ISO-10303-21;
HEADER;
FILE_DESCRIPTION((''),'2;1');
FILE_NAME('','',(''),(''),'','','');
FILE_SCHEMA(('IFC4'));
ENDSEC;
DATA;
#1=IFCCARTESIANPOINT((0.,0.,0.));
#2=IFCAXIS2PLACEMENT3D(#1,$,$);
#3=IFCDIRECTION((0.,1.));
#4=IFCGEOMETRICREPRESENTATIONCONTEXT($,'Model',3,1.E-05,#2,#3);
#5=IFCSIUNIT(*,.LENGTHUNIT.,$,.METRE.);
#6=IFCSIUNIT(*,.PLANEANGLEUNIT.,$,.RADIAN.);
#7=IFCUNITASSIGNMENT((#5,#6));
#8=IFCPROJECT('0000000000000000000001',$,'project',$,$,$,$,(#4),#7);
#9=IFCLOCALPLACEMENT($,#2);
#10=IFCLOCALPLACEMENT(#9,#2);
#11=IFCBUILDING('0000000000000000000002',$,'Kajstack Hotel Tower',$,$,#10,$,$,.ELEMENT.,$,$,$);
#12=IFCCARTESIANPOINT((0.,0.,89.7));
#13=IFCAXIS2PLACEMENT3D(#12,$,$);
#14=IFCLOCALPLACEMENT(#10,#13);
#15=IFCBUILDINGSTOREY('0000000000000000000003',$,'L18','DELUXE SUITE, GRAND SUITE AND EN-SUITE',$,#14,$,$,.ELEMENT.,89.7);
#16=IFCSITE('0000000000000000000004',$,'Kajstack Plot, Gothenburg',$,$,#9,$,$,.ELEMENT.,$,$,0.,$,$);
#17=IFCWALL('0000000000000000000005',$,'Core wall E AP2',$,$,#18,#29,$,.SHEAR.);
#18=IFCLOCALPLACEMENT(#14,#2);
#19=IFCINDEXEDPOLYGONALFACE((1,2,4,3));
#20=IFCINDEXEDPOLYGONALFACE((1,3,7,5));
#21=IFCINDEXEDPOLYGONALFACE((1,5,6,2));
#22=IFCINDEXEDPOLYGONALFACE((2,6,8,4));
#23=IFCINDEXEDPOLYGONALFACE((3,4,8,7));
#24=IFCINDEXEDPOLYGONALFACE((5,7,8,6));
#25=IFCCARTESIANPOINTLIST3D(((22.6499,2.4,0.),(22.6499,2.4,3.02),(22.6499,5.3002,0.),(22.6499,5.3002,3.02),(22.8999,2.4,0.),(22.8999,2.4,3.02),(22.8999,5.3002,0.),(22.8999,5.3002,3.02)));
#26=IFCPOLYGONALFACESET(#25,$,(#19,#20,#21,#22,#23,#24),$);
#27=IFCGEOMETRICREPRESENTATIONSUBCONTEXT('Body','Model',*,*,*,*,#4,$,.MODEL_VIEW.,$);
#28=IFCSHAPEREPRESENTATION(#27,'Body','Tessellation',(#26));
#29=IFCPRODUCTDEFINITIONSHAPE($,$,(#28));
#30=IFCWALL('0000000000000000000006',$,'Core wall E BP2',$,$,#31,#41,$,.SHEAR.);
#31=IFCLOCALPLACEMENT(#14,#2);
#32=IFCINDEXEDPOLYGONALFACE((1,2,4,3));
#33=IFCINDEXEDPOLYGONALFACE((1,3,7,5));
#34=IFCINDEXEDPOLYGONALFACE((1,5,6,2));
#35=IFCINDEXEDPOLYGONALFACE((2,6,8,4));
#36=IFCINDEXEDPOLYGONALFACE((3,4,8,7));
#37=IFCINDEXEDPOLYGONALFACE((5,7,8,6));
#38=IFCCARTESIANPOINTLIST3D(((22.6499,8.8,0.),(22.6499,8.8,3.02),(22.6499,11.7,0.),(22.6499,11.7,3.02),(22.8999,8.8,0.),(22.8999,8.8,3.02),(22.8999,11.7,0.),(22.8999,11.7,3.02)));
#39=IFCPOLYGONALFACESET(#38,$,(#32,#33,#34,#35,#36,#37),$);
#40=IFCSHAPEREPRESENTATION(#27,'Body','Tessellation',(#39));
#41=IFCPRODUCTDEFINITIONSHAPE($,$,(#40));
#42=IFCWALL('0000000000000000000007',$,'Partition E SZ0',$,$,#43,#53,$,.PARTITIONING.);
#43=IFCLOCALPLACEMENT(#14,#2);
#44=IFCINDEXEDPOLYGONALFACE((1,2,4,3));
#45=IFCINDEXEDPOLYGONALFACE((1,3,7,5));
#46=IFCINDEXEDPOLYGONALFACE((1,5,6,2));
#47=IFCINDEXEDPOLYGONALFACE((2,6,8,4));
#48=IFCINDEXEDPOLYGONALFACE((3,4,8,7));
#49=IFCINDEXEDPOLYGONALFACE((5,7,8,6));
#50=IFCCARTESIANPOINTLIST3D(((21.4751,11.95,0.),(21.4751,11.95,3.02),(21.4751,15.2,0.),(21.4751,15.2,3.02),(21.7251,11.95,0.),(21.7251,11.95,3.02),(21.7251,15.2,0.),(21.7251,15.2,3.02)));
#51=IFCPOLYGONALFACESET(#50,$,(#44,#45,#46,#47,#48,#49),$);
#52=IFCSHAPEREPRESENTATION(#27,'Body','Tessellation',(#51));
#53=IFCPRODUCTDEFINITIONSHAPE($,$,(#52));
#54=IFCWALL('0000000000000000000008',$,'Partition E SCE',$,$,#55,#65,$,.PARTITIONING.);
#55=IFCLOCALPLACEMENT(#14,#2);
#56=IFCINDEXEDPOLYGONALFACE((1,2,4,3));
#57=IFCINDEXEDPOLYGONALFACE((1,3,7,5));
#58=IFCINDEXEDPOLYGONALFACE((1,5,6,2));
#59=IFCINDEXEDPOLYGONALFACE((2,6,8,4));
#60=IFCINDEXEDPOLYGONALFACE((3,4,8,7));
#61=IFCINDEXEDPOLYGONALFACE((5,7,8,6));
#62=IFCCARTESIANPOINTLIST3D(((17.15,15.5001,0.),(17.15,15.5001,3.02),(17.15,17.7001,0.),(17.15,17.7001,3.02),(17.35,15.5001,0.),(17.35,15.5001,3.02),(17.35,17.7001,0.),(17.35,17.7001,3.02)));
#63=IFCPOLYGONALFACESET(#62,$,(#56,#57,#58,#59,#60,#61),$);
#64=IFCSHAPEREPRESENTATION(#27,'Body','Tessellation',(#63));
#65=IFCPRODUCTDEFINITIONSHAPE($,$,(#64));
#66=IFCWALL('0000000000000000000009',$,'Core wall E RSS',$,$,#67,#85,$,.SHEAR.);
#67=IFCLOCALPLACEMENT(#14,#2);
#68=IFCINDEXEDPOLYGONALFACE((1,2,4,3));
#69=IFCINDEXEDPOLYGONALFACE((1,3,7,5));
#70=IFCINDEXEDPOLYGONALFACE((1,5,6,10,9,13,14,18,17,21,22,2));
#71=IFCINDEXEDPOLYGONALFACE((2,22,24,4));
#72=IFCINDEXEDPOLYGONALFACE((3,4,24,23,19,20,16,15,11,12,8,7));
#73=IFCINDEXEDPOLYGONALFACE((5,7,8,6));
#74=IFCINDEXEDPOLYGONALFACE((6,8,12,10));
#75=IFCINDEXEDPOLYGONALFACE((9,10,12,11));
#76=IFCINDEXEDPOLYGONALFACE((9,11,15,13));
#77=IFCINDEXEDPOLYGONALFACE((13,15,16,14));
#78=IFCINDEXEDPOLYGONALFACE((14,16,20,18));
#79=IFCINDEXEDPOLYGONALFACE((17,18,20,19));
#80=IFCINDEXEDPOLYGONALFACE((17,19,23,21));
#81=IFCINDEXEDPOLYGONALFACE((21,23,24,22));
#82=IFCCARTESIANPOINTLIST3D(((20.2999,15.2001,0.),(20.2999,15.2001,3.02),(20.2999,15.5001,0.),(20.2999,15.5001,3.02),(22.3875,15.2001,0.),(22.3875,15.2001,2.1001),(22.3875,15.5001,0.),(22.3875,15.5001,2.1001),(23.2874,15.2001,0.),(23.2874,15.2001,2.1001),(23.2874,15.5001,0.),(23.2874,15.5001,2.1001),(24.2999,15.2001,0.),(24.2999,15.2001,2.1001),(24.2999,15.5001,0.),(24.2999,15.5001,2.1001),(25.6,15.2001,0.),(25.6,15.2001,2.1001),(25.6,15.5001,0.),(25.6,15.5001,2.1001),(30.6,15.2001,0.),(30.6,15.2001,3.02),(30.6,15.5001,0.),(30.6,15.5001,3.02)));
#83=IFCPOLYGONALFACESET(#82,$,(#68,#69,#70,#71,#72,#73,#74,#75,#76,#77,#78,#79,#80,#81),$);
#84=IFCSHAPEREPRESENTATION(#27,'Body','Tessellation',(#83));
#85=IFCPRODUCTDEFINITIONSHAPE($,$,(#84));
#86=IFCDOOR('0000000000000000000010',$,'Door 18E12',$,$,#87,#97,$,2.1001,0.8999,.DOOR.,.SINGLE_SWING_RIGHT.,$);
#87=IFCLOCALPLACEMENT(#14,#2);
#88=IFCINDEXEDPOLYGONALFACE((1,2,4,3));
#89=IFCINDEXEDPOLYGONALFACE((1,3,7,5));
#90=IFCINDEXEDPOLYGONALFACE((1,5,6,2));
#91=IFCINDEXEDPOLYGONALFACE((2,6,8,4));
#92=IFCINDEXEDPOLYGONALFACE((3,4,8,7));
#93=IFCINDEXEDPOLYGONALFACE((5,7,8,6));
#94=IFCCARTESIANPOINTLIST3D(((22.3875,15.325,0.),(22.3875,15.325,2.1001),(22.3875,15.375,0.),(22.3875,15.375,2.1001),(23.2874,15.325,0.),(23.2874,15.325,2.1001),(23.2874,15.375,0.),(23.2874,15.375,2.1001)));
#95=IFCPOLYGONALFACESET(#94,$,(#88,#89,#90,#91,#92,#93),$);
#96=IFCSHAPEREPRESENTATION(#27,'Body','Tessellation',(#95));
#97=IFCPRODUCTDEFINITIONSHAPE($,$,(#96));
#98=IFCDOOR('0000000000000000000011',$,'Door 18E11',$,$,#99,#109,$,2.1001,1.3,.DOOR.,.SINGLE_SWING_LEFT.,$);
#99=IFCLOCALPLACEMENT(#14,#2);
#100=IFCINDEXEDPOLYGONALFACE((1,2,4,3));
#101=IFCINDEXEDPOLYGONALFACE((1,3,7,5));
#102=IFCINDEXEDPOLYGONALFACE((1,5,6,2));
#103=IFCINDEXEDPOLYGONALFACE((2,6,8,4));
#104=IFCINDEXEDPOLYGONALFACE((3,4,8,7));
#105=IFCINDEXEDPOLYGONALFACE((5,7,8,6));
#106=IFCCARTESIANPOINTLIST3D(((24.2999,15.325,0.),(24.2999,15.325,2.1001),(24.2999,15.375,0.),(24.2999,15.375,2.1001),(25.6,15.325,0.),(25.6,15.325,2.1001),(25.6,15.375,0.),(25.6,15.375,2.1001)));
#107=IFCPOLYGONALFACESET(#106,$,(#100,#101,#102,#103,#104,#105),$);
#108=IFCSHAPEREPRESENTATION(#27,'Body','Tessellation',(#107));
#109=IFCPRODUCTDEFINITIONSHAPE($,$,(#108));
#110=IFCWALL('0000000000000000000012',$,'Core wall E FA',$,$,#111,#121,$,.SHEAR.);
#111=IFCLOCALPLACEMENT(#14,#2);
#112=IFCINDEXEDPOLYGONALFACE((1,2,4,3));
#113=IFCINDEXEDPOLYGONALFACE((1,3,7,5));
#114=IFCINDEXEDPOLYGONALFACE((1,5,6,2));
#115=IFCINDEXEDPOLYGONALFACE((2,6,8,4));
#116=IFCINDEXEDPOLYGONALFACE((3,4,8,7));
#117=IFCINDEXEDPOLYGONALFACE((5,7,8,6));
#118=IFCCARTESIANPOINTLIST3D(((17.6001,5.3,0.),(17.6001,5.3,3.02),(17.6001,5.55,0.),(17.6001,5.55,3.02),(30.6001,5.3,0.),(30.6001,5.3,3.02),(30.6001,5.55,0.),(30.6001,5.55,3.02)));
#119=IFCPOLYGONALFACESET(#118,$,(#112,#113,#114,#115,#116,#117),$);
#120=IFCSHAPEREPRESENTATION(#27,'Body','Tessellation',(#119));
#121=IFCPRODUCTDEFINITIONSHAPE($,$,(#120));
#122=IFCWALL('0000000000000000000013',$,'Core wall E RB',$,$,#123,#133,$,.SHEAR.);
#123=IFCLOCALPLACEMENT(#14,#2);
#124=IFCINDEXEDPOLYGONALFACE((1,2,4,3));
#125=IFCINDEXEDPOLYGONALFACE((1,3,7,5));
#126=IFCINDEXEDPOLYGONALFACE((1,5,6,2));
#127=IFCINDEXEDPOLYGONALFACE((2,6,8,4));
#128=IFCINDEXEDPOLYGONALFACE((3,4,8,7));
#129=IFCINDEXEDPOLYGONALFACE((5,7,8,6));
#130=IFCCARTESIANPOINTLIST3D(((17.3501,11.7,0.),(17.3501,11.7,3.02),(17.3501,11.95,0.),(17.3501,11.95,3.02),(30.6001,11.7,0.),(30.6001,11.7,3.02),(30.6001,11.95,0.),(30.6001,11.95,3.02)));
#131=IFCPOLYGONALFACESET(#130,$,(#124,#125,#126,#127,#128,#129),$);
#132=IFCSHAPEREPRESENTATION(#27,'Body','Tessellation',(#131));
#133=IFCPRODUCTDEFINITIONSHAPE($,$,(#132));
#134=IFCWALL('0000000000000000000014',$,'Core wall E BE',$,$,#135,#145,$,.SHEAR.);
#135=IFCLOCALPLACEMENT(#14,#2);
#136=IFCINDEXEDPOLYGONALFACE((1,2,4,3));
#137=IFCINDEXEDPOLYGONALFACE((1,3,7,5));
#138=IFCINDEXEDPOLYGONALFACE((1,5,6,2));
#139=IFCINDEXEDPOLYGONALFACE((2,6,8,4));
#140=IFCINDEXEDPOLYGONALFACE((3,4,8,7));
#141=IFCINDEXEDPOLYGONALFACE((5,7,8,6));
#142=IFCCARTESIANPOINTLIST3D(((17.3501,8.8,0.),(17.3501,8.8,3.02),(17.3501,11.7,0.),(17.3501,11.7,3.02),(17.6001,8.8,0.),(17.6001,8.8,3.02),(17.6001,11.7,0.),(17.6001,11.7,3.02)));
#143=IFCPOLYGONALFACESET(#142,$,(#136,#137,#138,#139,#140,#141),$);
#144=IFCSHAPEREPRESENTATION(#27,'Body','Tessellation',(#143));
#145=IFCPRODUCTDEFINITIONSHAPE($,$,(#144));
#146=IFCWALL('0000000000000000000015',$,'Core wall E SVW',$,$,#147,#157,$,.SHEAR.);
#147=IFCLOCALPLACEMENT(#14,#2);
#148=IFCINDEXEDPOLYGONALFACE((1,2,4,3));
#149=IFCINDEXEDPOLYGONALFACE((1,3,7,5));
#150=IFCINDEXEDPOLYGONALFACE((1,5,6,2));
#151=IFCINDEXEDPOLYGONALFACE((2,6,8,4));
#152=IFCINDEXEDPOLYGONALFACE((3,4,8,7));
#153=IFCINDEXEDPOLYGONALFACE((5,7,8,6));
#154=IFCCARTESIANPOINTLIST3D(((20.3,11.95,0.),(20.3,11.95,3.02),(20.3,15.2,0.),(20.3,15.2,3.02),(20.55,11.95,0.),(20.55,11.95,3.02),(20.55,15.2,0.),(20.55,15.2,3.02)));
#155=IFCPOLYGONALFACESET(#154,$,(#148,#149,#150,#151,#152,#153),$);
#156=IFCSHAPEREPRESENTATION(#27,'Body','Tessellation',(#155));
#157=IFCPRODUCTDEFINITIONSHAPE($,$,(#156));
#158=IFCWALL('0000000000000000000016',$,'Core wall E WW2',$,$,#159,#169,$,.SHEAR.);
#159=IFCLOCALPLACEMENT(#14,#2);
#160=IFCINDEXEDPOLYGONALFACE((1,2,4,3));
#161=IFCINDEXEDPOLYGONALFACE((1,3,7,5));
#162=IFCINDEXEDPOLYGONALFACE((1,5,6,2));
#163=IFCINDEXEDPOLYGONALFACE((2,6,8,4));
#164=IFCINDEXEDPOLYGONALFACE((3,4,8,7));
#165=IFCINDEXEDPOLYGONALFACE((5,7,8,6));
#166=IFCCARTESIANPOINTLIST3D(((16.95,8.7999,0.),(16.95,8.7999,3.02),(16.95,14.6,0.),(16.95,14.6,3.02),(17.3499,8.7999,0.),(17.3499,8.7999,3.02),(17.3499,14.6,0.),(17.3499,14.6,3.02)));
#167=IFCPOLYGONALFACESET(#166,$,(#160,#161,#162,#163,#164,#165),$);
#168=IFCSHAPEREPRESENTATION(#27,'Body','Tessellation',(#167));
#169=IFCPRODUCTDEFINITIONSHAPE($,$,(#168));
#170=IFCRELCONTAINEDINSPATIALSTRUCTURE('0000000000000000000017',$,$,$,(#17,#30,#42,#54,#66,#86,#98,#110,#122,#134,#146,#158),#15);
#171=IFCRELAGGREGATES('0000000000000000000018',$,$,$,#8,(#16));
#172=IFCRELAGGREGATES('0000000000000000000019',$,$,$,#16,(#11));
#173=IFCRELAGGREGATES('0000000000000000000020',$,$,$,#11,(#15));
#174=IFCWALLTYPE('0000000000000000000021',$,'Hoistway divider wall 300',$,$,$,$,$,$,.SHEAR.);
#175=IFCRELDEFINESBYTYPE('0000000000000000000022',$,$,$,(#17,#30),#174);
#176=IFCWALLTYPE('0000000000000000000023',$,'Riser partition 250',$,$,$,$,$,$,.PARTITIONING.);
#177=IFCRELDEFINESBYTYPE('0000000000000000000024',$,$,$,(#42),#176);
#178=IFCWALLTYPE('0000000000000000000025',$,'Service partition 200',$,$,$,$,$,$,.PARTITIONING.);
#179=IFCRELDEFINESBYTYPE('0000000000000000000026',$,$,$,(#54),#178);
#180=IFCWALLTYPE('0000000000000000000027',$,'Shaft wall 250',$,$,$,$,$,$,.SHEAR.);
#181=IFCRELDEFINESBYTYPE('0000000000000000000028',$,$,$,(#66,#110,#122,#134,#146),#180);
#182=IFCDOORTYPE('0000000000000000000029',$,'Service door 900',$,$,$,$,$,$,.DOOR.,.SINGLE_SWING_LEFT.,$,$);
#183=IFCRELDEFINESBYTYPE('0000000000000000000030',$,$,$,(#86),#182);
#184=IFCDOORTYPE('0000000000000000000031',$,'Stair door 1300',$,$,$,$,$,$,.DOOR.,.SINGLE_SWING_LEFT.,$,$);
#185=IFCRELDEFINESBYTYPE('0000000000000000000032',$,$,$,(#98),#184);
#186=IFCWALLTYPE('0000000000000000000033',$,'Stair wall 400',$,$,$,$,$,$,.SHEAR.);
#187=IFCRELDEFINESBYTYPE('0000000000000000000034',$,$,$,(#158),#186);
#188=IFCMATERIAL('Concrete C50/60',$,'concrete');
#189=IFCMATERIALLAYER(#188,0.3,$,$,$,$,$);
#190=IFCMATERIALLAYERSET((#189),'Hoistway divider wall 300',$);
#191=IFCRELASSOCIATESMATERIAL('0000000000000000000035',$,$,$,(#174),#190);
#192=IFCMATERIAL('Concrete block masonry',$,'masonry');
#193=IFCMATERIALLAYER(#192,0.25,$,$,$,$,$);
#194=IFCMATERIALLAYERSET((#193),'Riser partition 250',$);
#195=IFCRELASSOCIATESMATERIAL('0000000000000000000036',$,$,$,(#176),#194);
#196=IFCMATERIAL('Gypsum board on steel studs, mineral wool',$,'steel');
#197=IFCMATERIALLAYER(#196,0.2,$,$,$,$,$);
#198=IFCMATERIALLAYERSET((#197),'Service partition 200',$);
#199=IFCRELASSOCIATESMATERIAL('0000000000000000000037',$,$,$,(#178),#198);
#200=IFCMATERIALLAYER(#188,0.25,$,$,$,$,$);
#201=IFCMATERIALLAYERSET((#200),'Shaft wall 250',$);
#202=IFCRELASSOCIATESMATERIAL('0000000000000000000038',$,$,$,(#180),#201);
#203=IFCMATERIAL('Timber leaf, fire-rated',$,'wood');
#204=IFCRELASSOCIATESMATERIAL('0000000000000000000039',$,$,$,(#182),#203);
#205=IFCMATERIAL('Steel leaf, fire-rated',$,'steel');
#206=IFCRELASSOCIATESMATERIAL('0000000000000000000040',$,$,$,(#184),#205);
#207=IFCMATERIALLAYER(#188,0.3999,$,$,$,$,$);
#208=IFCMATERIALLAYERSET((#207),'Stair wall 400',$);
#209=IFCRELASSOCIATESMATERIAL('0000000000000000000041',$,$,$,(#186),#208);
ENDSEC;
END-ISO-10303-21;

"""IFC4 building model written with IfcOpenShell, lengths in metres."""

from ifc_helpers import new_model, si_unit, direction, frame, frame_2d, origin, place, context, subcontext, project, spatial, rectangle, extrude, material, layer, layer_set, type_object, element, fill, save


model = new_model("IFC4")

# Units and contexts
model_context = context("Model", 3, precision=1e-05, world=origin(), true_north=direction((0.0, 1.0)))
body_context = subcontext(model_context, "Body", "Model", "MODEL_VIEW")
ifc_project = project(units=[si_unit("LENGTHUNIT", "METRE"), si_unit("PLANEANGLEUNIT", "RADIAN")], contexts=[model_context])

# Site, building, storey
site_placement = place(None, origin())
site = spatial("IfcSite", under=ifc_project, at=site_placement, Name="Kajstack Plot, Gothenburg", CompositionType="ELEMENT", RefElevation=0.0)
building_placement = place(site_placement, origin())
building = spatial("IfcBuilding", under=site, at=building_placement, Name="Kajstack Hotel Tower", CompositionType="ELEMENT")
storey_placement = place(building_placement, frame((0.0, 0.0, 89.7)))
storey = spatial("IfcBuildingStorey", under=building, at=storey_placement, Name="L18", Description="DELUXE SUITE, GRAND SUITE AND EN-SUITE", CompositionType="ELEMENT", Elevation=89.7)

# Walls
ifc_material_1 = material(Name="Concrete C50/60", Category="concrete")
ifc_layer_1 = layer(ifc_material_1, 0.3)
ifc_layer_set_1 = layer_set([ifc_layer_1], Name="Hoistway divider wall 300")
wall_type_1 = type_object("IfcWallType", Name="Hoistway divider wall 300", PredefinedType="SHEAR", material=ifc_layer_set_1)
wall_1_placement = place(storey_placement, frame((22.7749, 2.3999, 0.0), z_axis=(0.0, 0.0, 1.0), x_axis=(0.0, 1.0, 0.0)))
element("IfcWall", 1, at=wall_1_placement, inside=storey, type_object=wall_type_1, Name="Core wall E AP2", PredefinedType="SHEAR", context=body_context, shape_type="SweptSolid", body=[
    extrude(rectangle(XDim=2.9001, YDim=0.25, at=frame_2d((1.4502, 0.0))), origin(), (0.0, 0.0, 1.0), 3.02),
])
wall_2_placement = place(storey_placement, frame((22.7749, 8.8, 0.0), z_axis=(0.0, 0.0, 1.0), x_axis=(0.0, 1.0, 0.0)))
element("IfcWall", 2, at=wall_2_placement, inside=storey, type_object=wall_type_1, Name="Core wall E BP2", PredefinedType="SHEAR", context=body_context, shape_type="SweptSolid", body=[
    extrude(rectangle(XDim=2.8999, YDim=0.25, at=frame_2d((1.45, 0.0))), origin(), (0.0, 0.0, 1.0), 3.02),
])
ifc_material_2 = material(Name="Concrete block masonry", Category="masonry")
ifc_layer_2 = layer(ifc_material_2, 0.25)
ifc_layer_set_2 = layer_set([ifc_layer_2], Name="Riser partition 250")
wall_type_2 = type_object("IfcWallType", Name="Riser partition 250", PredefinedType="PARTITIONING", material=ifc_layer_set_2)
wall_3_placement = place(storey_placement, frame((21.6001, 11.95, 0.0), z_axis=(0.0, 0.0, 1.0), x_axis=(0.0, 1.0, 0.0)))
element("IfcWall", 3, at=wall_3_placement, inside=storey, type_object=wall_type_2, Name="Partition E SZ0", PredefinedType="PARTITIONING", context=body_context, shape_type="SweptSolid", body=[
    extrude(rectangle(XDim=3.25, YDim=0.25, at=frame_2d((1.625, 0.0))), origin(), (0.0, 0.0, 1.0), 3.02),
])
ifc_material_3 = material(Name="Gypsum board on steel studs, mineral wool", Category="steel")
ifc_layer_3 = layer(ifc_material_3, 0.2)
ifc_layer_set_3 = layer_set([ifc_layer_3], Name="Service partition 200")
wall_type_3 = type_object("IfcWallType", Name="Service partition 200", PredefinedType="PARTITIONING", material=ifc_layer_set_3)
wall_4_placement = place(storey_placement, frame((17.25, 15.5, 0.0), z_axis=(0.0, 0.0, 1.0), x_axis=(0.0, 1.0, 0.0)))
element("IfcWall", 4, at=wall_4_placement, inside=storey, type_object=wall_type_3, Name="Partition E SCE", PredefinedType="PARTITIONING", context=body_context, shape_type="SweptSolid", body=[
    extrude(rectangle(XDim=2.2, YDim=0.2, at=frame_2d((1.1001, 0.0))), origin(), (0.0, 0.0, 1.0), 3.02),
])

# Wall, openings, doors
ifc_layer_4 = layer(ifc_material_1, 0.25)
ifc_layer_set_4 = layer_set([ifc_layer_4], Name="Shaft wall 250")
wall_type_4 = type_object("IfcWallType", Name="Shaft wall 250", PredefinedType="SHEAR", material=ifc_layer_set_4)
wall_5_placement = place(storey_placement, frame((20.3, 15.3501, 0.0), z_axis=(0.0, 0.0, 1.0), x_axis=(1.0, 0.0, 0.0)))
wall_5 = element("IfcWall", 5, at=wall_5_placement, inside=storey, type_object=wall_type_4, Name="Core wall E RSS", PredefinedType="SHEAR", context=body_context, shape_type="SweptSolid", body=[
    extrude(rectangle(XDim=10.3, YDim=0.3, at=frame_2d((5.1499, 0.0))), origin(), (0.0, 0.0, 1.0), 3.02),
])
opening_1_placement = place(wall_5_placement, frame((4.0, 0.0, 0.0)))
opening_1 = element("IfcOpeningElement", 6, at=opening_1_placement, cuts=wall_5, PredefinedType="OPENING", context=body_context, shape_type="SweptSolid", body=[
    extrude(rectangle(XDim=1.3, YDim=2.1001, at=frame_2d((0.6499, 1.05))), frame((0.0, 0.1599, 0.0), z_axis=(0.0, -1.0, 0.0), x_axis=(1.0, 0.0, 0.0)), (0.0, 0.0, 1.0), 0.3201),
])
opening_2_placement = place(wall_5_placement, frame((2.0874, 0.0, 0.0)))
opening_2 = element("IfcOpeningElement", 7, at=opening_2_placement, cuts=wall_5, PredefinedType="OPENING", context=body_context, shape_type="SweptSolid", body=[
    extrude(rectangle(XDim=0.8999, YDim=2.1001, at=frame_2d((0.45, 1.05))), frame((0.0, 0.1599, 0.0), z_axis=(0.0, -1.0, 0.0), x_axis=(1.0, 0.0, 0.0)), (0.0, 0.0, 1.0), 0.3201),
])
ifc_material_4 = material(Name="Timber leaf, fire-rated", Category="wood")
door_type_1 = type_object("IfcDoorType", Name="Service door 900", OperationType="SINGLE_SWING_LEFT", PredefinedType="DOOR", material=ifc_material_4)
door_1_placement = place(opening_2_placement, origin())
door_1 = element("IfcDoor", 8, at=door_1_placement, inside=storey, type_object=door_type_1, Name="Door 18E12", OperationType="SINGLE_SWING_RIGHT", OverallHeight=2.1001, OverallWidth=0.8999, PredefinedType="DOOR", context=body_context, shape_type="SweptSolid", body=[
    extrude(rectangle(XDim=0.8999, YDim=2.1001, at=frame_2d((0.45, 1.05))), frame((0.0, 0.0249, 0.0), z_axis=(0.0, -1.0, 0.0), x_axis=(1.0, 0.0, 0.0)), (0.0, 0.0, 1.0), 0.05),
])
fill(opening_2, door_1)
ifc_material_5 = material(Name="Steel leaf, fire-rated", Category="steel")
door_type_2 = type_object("IfcDoorType", Name="Stair door 1300", OperationType="SINGLE_SWING_LEFT", PredefinedType="DOOR", material=ifc_material_5)
door_2_placement = place(opening_1_placement, origin())
door_2 = element("IfcDoor", 9, at=door_2_placement, inside=storey, type_object=door_type_2, Name="Door 18E11", OperationType="SINGLE_SWING_LEFT", OverallHeight=2.1001, OverallWidth=1.3, PredefinedType="DOOR", context=body_context, shape_type="SweptSolid", body=[
    extrude(rectangle(XDim=1.3, YDim=2.1001, at=frame_2d((0.6499, 1.05))), frame((0.0, 0.0249, 0.0), z_axis=(0.0, -1.0, 0.0), x_axis=(1.0, 0.0, 0.0)), (0.0, 0.0, 1.0), 0.05),
])
fill(opening_1, door_2)

# Walls
wall_6_placement = place(storey_placement, frame((17.6001, 5.425, 0.0), z_axis=(0.0, 0.0, 1.0), x_axis=(1.0, 0.0, 0.0)))
element("IfcWall", 10, at=wall_6_placement, inside=storey, type_object=wall_type_4, Name="Core wall E FA", PredefinedType="SHEAR", context=body_context, shape_type="SweptSolid", body=[
    extrude(rectangle(XDim=13.0, YDim=0.25, at=frame_2d((6.5, 0.0))), origin(), (0.0, 0.0, 1.0), 3.02),
])
wall_7_placement = place(storey_placement, frame((17.3501, 11.825, 0.0), z_axis=(0.0, 0.0, 1.0), x_axis=(1.0, 0.0, 0.0)))
element("IfcWall", 11, at=wall_7_placement, inside=storey, type_object=wall_type_4, Name="Core wall E RB", PredefinedType="SHEAR", context=body_context, shape_type="SweptSolid", body=[
    extrude(rectangle(XDim=13.25, YDim=0.25, at=frame_2d((6.625, 0.0))), origin(), (0.0, 0.0, 1.0), 3.02),
])
wall_8_placement = place(storey_placement, frame((17.4751, 8.8, 0.0), z_axis=(0.0, 0.0, 1.0), x_axis=(0.0, 1.0, 0.0)))
element("IfcWall", 12, at=wall_8_placement, inside=storey, type_object=wall_type_4, Name="Core wall E BE", PredefinedType="SHEAR", context=body_context, shape_type="SweptSolid", body=[
    extrude(rectangle(XDim=2.8999, YDim=0.25, at=frame_2d((1.45, 0.0))), origin(), (0.0, 0.0, 1.0), 3.02),
])
wall_9_placement = place(storey_placement, frame((20.425, 11.95, 0.0), z_axis=(0.0, 0.0, 1.0), x_axis=(0.0, 1.0, 0.0)))
element("IfcWall", 13, at=wall_9_placement, inside=storey, type_object=wall_type_4, Name="Core wall E SVW", PredefinedType="SHEAR", context=body_context, shape_type="SweptSolid", body=[
    extrude(rectangle(XDim=3.25, YDim=0.25, at=frame_2d((1.625, 0.0))), origin(), (0.0, 0.0, 1.0), 3.02),
])
ifc_layer_5 = layer(ifc_material_1, 0.3999)
ifc_layer_set_5 = layer_set([ifc_layer_5], Name="Stair wall 400")
wall_type_5 = type_object("IfcWallType", Name="Stair wall 400", PredefinedType="SHEAR", material=ifc_layer_set_5)
wall_10_placement = place(storey_placement, frame((17.1499, 8.8, 0.0), z_axis=(0.0, 0.0, 1.0), x_axis=(0.0, 1.0, 0.0)))
element("IfcWall", 14, at=wall_10_placement, inside=storey, type_object=wall_type_5, Name="Core wall E WW2", PredefinedType="SHEAR", context=body_context, shape_type="SweptSolid", body=[
    extrude(rectangle(XDim=5.8, YDim=0.3999, at=frame_2d((2.8999, 0.0))), origin(), (0.0, 0.0, 1.0), 3.02),
])

save(model, "model.ifc")
